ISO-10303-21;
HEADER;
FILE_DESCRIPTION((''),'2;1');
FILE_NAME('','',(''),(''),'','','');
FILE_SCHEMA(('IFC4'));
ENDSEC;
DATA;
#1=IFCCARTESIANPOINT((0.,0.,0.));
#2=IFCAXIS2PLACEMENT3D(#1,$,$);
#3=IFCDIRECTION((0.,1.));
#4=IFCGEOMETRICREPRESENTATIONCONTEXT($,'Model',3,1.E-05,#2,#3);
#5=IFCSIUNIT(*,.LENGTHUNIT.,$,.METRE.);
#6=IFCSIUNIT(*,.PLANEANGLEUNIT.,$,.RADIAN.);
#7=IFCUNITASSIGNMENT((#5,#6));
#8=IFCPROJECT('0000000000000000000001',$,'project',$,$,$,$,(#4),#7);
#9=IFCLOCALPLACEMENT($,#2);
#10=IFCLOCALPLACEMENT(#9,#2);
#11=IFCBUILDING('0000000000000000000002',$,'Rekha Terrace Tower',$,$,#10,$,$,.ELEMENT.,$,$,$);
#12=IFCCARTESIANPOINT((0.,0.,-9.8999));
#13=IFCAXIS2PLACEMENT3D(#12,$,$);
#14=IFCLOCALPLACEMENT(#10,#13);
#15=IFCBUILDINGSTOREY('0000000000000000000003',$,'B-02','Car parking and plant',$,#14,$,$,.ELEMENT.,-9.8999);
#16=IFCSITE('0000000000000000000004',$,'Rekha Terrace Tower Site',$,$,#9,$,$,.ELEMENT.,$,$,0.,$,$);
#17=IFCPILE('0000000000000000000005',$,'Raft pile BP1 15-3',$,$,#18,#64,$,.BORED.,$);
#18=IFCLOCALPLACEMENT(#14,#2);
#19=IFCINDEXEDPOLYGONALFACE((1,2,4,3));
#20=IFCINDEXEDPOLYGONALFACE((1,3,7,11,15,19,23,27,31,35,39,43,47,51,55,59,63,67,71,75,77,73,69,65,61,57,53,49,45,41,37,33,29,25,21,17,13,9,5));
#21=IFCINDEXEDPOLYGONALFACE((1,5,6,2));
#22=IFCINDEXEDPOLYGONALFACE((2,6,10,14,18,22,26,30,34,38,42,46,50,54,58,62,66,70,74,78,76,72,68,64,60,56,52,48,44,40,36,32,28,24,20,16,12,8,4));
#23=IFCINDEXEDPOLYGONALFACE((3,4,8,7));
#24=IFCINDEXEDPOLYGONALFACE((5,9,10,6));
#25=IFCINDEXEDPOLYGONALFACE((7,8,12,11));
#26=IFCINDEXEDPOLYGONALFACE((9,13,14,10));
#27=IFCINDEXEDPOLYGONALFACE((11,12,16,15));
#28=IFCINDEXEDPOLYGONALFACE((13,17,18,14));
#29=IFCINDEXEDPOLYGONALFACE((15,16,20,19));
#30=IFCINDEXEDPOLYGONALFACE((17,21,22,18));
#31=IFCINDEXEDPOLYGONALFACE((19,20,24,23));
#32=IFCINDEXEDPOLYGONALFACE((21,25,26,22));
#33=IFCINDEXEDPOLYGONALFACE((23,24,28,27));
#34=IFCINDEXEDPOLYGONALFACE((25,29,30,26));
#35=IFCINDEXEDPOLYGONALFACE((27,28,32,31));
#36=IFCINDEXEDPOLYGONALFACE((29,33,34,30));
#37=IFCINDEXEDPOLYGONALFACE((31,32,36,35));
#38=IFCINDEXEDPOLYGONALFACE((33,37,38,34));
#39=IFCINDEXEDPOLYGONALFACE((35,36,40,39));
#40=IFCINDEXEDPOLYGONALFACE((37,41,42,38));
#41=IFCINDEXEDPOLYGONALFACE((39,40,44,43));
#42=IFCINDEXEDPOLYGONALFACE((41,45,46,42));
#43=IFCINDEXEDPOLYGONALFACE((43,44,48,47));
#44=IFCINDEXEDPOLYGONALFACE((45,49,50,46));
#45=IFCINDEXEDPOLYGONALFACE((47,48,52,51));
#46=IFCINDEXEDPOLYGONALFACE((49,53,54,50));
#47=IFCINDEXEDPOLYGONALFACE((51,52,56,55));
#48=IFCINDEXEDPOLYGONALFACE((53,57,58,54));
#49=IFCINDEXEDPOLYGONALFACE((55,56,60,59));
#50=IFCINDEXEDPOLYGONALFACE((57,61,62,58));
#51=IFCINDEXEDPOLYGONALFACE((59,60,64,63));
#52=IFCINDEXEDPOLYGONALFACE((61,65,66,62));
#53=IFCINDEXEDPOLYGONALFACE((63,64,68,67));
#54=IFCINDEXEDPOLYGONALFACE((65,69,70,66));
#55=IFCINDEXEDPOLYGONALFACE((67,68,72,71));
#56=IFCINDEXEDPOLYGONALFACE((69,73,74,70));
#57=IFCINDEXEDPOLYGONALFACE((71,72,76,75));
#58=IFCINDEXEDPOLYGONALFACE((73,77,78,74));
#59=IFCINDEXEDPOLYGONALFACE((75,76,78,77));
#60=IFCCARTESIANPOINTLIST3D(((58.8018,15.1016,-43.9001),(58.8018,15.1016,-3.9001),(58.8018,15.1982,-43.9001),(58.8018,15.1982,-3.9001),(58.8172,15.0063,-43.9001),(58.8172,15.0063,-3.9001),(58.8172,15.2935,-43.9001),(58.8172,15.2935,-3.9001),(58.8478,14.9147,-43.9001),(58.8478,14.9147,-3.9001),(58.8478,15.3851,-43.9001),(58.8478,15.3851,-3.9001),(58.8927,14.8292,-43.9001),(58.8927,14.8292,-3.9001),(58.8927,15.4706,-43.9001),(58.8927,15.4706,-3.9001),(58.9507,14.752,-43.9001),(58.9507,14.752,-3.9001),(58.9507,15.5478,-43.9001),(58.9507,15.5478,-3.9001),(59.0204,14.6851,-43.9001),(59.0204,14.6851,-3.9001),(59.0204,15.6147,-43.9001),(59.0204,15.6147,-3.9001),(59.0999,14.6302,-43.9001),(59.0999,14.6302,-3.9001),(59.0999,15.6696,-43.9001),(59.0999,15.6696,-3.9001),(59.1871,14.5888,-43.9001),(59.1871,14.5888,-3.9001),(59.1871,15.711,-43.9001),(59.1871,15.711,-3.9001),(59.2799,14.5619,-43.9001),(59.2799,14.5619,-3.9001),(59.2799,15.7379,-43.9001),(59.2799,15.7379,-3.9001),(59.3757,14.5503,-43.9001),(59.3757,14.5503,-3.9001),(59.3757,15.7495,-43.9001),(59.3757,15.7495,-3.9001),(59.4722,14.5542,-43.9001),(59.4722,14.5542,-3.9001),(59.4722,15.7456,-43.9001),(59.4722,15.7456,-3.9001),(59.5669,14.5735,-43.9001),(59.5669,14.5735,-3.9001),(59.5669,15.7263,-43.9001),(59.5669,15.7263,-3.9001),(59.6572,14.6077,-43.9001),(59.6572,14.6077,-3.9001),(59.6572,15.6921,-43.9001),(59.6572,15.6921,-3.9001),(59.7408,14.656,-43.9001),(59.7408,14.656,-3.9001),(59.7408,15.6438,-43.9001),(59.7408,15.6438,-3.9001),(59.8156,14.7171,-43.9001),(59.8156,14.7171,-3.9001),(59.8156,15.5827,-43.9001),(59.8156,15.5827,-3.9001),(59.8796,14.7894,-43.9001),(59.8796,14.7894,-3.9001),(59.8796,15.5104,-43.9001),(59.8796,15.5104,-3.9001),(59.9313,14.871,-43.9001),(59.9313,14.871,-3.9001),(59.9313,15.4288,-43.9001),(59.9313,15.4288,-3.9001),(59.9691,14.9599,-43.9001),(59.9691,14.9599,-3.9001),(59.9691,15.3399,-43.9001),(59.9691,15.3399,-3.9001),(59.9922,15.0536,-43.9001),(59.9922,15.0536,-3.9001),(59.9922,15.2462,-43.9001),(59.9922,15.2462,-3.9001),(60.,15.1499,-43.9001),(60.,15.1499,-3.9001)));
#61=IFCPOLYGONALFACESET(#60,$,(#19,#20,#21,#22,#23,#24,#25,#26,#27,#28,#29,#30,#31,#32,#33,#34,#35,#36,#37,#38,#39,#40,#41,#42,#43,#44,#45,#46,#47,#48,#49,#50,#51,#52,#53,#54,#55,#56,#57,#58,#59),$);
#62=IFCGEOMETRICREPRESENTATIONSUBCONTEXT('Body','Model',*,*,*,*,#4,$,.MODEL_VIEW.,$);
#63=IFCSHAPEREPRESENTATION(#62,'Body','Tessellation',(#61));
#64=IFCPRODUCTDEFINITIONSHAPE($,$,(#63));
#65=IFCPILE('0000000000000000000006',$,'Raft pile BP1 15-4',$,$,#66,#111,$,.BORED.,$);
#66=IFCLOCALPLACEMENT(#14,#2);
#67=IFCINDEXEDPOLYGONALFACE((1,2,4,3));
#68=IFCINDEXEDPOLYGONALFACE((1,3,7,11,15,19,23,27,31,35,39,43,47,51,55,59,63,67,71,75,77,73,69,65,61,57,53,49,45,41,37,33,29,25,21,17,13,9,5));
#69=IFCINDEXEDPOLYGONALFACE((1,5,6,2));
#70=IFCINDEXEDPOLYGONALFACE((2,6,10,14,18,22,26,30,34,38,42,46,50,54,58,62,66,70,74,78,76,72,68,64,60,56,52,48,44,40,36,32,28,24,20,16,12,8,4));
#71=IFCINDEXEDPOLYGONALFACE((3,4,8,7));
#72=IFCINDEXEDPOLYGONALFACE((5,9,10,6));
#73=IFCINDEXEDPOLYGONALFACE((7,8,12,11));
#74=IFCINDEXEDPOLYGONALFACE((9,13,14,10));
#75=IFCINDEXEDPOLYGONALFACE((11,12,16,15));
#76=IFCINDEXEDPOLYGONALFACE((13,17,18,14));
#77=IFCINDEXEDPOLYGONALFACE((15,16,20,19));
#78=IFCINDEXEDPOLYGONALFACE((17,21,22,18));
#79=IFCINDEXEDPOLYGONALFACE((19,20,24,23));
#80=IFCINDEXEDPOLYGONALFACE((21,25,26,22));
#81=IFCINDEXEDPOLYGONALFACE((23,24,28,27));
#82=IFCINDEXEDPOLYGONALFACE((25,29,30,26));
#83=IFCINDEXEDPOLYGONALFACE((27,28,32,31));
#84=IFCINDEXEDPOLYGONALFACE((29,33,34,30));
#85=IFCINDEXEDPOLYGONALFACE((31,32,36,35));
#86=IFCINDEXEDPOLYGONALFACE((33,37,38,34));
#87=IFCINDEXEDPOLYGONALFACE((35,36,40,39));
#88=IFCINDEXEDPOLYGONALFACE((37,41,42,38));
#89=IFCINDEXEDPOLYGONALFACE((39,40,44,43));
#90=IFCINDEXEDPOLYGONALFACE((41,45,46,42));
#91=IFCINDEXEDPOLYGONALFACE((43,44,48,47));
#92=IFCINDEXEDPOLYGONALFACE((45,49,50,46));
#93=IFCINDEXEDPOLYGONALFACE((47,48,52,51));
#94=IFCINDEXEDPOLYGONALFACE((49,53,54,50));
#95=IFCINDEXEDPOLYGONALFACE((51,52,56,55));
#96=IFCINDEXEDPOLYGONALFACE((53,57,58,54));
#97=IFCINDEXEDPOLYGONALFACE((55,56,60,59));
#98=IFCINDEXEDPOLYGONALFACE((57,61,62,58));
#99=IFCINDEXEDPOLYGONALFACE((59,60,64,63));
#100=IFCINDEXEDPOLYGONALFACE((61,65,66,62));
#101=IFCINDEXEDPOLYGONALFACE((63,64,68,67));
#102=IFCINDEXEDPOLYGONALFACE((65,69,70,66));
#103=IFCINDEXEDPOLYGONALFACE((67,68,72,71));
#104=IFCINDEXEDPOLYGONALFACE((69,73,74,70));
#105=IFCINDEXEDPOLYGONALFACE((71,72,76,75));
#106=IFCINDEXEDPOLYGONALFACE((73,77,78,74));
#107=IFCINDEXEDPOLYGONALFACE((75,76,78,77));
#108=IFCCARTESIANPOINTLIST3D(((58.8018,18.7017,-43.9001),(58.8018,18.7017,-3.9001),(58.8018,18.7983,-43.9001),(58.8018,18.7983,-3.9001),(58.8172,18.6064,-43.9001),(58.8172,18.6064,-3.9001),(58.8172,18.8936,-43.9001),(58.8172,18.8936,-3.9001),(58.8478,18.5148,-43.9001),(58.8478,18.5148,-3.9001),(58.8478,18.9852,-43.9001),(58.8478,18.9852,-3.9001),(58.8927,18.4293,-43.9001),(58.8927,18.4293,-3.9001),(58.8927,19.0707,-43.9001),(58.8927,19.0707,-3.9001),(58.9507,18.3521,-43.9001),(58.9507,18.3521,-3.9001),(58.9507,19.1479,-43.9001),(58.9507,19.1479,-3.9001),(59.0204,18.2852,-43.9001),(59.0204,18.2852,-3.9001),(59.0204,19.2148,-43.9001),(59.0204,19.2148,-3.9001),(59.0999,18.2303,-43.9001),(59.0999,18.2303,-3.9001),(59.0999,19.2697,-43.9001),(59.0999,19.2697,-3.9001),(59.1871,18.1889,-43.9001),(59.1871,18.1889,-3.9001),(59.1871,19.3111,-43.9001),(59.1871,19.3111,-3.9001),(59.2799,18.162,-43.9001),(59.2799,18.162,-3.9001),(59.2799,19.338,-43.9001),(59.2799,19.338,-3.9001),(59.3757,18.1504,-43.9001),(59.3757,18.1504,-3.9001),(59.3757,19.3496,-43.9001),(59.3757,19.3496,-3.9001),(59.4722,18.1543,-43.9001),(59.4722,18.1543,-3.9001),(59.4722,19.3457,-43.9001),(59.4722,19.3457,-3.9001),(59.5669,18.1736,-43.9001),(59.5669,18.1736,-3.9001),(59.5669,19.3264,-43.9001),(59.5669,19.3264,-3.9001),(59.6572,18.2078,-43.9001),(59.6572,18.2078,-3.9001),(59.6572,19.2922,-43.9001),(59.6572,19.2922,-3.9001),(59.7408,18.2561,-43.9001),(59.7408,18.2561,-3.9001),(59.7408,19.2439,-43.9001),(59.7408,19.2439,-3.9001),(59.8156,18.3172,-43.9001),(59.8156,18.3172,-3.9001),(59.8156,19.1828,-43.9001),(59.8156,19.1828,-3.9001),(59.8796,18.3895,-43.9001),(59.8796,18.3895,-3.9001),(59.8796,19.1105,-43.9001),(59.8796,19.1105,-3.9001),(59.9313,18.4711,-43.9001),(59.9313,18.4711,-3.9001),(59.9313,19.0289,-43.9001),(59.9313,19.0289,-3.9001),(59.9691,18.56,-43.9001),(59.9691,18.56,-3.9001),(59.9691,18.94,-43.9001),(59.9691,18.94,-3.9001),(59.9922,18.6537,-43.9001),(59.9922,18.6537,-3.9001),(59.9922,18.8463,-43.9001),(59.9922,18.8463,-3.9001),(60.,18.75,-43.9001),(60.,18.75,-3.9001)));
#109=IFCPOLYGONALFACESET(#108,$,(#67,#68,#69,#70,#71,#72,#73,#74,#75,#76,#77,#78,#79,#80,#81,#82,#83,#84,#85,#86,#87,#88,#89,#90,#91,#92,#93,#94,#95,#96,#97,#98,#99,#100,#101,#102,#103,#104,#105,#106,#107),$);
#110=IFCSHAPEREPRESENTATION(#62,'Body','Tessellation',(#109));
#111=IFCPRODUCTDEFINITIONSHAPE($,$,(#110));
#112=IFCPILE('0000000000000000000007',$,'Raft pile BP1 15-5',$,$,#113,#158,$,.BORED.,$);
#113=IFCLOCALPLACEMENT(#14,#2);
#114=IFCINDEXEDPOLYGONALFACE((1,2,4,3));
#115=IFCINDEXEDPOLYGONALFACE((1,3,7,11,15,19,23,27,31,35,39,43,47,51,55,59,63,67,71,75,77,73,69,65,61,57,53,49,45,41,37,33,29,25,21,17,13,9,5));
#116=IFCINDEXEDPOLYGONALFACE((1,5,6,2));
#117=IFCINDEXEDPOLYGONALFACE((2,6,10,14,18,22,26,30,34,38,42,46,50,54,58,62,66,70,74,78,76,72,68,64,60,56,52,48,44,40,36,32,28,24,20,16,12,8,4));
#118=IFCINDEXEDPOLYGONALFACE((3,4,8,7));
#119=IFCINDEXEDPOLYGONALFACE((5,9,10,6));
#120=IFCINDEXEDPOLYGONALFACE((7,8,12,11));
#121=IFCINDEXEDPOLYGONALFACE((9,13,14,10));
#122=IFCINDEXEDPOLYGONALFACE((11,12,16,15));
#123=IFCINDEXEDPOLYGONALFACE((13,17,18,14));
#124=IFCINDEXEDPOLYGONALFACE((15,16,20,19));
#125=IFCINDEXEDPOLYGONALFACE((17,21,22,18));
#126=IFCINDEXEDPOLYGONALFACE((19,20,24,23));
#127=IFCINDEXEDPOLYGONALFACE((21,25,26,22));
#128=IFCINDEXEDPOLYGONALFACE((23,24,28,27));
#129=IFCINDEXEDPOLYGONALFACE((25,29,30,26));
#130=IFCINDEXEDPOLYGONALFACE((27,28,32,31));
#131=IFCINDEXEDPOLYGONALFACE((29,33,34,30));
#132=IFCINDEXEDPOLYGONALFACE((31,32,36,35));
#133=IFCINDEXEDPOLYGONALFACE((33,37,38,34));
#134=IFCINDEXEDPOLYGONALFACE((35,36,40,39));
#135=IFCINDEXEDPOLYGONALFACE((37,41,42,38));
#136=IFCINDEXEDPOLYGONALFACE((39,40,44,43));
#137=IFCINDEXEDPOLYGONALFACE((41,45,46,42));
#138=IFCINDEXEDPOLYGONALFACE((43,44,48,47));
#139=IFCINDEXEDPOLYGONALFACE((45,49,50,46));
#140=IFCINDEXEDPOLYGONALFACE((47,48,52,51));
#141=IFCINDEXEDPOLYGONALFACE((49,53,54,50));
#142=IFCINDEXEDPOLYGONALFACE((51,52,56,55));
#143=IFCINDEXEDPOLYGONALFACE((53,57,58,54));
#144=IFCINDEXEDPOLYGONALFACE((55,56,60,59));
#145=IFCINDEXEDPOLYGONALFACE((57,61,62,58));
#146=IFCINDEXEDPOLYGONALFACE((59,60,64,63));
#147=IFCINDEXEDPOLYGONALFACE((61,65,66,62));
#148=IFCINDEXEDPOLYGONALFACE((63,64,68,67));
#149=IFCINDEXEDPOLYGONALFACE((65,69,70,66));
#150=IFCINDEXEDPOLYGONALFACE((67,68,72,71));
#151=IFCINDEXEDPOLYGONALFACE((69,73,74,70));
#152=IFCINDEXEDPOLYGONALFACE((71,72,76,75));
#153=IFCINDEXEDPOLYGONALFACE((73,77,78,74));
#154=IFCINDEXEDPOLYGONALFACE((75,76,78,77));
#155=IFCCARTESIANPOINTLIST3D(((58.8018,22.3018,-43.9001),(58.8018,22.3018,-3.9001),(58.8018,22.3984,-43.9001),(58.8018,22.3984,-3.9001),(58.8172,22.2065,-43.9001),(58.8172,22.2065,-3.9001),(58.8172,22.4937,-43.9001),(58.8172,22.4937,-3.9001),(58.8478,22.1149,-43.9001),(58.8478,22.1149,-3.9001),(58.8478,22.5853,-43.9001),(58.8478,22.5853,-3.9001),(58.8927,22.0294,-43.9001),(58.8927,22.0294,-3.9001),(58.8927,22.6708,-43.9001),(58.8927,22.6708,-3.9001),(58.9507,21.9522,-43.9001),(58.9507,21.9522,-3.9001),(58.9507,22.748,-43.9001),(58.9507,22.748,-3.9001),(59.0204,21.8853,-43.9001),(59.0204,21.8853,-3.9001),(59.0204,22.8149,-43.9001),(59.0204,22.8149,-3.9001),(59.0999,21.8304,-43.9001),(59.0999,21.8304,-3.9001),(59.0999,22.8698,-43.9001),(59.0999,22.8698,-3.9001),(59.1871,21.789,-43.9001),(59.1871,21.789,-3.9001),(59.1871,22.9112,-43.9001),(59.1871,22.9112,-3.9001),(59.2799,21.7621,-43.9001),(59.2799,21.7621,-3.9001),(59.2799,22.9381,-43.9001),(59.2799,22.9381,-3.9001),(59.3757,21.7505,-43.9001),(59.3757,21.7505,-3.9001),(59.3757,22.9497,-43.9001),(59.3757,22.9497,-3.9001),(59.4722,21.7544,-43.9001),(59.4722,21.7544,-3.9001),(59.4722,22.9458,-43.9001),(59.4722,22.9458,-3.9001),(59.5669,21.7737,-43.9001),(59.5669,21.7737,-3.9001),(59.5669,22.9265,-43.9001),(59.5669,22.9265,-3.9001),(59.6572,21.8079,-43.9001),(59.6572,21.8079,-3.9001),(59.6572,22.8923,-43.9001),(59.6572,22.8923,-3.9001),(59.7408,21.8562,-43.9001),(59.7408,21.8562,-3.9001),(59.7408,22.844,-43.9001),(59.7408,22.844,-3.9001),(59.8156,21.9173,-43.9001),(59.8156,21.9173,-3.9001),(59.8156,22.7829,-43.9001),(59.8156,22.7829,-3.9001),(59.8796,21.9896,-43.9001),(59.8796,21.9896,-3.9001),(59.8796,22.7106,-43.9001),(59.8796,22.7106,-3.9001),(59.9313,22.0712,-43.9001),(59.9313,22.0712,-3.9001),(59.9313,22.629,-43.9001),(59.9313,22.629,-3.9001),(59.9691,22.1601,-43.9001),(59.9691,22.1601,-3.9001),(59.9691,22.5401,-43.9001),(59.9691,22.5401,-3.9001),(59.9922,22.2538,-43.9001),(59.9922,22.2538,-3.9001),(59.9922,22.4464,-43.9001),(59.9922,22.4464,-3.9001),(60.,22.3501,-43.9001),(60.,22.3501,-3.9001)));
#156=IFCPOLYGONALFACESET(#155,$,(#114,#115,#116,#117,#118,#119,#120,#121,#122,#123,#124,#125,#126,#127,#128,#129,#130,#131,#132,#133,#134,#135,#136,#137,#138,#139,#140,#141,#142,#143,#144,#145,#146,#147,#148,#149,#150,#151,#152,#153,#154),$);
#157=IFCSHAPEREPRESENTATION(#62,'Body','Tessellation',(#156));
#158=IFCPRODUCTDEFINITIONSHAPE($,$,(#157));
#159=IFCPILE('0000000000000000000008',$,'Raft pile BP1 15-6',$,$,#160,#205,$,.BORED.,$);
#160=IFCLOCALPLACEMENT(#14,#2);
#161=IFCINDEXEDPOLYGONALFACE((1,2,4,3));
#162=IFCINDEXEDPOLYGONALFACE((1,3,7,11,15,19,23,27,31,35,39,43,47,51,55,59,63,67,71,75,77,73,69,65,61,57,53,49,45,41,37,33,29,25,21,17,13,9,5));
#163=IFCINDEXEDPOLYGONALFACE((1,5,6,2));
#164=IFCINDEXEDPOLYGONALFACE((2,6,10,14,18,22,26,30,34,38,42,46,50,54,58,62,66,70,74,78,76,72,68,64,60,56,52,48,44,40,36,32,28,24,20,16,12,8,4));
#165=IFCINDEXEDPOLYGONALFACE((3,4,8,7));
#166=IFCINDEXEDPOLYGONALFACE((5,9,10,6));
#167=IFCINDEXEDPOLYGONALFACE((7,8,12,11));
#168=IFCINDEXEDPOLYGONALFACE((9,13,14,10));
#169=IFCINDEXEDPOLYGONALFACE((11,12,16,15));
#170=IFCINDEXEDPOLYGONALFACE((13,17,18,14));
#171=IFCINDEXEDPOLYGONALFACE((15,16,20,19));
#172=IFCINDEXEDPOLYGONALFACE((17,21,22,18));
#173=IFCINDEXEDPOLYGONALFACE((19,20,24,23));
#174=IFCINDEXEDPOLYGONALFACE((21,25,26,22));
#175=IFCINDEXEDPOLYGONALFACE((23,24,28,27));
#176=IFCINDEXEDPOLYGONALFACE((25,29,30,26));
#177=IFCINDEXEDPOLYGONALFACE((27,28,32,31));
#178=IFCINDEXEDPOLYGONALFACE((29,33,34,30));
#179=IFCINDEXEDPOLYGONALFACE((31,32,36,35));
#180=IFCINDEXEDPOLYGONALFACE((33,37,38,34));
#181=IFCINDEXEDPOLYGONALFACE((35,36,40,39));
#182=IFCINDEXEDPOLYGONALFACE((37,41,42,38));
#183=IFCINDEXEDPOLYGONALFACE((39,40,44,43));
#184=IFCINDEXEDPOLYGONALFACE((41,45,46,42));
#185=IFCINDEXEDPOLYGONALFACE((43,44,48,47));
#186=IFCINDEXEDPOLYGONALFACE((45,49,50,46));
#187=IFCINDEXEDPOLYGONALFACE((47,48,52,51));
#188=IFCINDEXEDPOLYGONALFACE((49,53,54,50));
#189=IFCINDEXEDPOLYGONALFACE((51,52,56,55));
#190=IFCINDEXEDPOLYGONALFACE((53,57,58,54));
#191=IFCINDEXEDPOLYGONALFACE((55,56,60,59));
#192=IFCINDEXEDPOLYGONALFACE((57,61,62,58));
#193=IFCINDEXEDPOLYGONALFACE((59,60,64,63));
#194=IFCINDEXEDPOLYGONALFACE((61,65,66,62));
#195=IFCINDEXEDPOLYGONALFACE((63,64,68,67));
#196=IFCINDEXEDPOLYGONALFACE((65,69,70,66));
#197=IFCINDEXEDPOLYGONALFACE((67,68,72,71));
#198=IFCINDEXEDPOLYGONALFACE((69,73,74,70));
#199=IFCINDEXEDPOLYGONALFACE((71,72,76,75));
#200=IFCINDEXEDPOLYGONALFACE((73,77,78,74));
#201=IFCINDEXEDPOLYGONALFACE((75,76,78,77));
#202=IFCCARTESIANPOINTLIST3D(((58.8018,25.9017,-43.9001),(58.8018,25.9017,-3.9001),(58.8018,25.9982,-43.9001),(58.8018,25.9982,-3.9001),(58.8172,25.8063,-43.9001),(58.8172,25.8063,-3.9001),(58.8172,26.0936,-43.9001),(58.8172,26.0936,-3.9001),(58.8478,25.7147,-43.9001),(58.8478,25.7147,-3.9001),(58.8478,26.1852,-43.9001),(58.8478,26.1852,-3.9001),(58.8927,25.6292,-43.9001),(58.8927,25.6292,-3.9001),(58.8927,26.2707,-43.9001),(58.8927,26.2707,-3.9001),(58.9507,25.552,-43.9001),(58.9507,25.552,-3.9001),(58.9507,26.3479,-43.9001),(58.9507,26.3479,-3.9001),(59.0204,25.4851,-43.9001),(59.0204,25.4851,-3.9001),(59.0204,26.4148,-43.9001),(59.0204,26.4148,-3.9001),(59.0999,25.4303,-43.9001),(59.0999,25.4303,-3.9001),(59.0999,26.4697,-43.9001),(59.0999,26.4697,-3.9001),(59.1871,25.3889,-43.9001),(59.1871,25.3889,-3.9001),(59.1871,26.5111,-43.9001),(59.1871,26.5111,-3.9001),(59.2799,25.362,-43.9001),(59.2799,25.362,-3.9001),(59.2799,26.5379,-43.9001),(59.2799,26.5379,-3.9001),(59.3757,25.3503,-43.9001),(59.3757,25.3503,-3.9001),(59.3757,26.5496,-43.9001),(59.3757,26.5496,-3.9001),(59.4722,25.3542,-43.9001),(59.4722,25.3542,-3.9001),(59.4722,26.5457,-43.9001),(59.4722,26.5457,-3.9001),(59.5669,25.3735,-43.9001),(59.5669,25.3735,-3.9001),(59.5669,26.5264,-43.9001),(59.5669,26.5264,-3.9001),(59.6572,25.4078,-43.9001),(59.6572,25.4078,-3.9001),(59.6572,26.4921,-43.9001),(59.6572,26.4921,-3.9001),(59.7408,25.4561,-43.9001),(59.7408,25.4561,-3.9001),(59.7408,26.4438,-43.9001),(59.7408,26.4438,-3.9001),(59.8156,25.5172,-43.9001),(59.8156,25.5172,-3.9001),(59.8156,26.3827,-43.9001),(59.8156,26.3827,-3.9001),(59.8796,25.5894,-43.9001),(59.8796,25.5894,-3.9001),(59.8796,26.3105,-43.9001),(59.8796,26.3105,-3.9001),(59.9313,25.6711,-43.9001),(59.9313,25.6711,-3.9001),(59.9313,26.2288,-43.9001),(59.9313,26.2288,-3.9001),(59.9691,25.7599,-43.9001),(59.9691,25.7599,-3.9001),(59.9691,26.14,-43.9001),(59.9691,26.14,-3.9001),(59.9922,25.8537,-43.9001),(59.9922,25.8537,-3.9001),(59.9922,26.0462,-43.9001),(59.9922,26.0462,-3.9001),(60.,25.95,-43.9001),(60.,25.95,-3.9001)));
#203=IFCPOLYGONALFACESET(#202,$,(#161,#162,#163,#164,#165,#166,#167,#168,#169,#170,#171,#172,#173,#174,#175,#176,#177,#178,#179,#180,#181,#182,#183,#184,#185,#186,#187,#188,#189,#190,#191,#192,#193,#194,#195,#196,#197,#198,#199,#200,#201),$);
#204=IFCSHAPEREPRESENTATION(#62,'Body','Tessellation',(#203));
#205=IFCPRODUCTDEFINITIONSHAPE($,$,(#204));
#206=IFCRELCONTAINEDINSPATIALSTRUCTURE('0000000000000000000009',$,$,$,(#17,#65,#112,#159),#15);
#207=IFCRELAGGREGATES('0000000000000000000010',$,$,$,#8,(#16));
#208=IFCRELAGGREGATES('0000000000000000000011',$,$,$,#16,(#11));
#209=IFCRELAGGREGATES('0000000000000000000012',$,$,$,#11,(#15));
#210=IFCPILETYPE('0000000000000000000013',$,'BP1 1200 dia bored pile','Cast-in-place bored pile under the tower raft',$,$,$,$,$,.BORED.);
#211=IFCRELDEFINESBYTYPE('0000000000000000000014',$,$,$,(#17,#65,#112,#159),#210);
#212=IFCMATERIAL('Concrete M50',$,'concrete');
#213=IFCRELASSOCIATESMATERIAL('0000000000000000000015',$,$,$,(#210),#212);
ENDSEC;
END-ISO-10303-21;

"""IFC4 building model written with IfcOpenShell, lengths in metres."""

from ifc_helpers import new_model, si_unit, direction, frame, origin, origin_2d, place, context, subcontext, project, spatial, circle, extrude, material, type_object, element, save


model = new_model("IFC4")

# Units and contexts
model_context = context("Model", 3, precision=1e-05, world=origin(), true_north=direction((0.0, 1.0)))
body_context = subcontext(model_context, "Body", "Model", "MODEL_VIEW")
ifc_project = project(units=[si_unit("LENGTHUNIT", "METRE"), si_unit("PLANEANGLEUNIT", "RADIAN")], contexts=[model_context])

# Site, building, storey
site_placement = place(None, origin())
site = spatial("IfcSite", under=ifc_project, at=site_placement, Name="Rekha Terrace Tower Site", CompositionType="ELEMENT", RefElevation=0.0)
building_placement = place(site_placement, origin())
building = spatial("IfcBuilding", under=site, at=building_placement, Name="Rekha Terrace Tower", CompositionType="ELEMENT")
storey_placement = place(building_placement, frame((0.0, 0.0, -9.8999)))
storey = spatial("IfcBuildingStorey", under=building, at=storey_placement, Name="B-02", Description="Car parking and plant", CompositionType="ELEMENT", Elevation=-9.8999)

# Piles
ifc_material_1 = material(Name="Concrete M50", Category="concrete")
pile_type = type_object("IfcPileType", Name="BP1 1200 dia bored pile", Description="Cast-in-place bored pile under the tower raft", PredefinedType="BORED", material=ifc_material_1)
for number, where, z_axis, x_axis, name in (
    (1, (59.3999, 15.1499, -3.9001), (0.0, 0.0, -1.0), (1.0, 0.0, 0.0), "Raft pile BP1 15-3"),
    (2, (59.3999, 18.75, -3.9001), (0.0, 0.0, -1.0), (1.0, 0.0, 0.0), "Raft pile BP1 15-4"),
    (3, (59.3999, 22.3501, -3.9001), (0.0, 0.0, -1.0), (1.0, 0.0, 0.0), "Raft pile BP1 15-5"),
    (4, (59.3999, 25.95, -3.9001), (0.0, 0.0, -1.0), (1.0, 0.0, 0.0), "Raft pile BP1 15-6"),
):
    element("IfcPile", number, at=place(storey_placement, frame(where, z_axis=z_axis, x_axis=x_axis)), inside=storey, type_object=pile_type, Name=name, PredefinedType="BORED", context=body_context, shape_type="SweptSolid", body=[
        extrude(circle(Radius=0.6001, at=origin_2d()), origin(), (0.0, 0.0, 1.0), 40.0),
    ])

save(model, "model.ifc")
